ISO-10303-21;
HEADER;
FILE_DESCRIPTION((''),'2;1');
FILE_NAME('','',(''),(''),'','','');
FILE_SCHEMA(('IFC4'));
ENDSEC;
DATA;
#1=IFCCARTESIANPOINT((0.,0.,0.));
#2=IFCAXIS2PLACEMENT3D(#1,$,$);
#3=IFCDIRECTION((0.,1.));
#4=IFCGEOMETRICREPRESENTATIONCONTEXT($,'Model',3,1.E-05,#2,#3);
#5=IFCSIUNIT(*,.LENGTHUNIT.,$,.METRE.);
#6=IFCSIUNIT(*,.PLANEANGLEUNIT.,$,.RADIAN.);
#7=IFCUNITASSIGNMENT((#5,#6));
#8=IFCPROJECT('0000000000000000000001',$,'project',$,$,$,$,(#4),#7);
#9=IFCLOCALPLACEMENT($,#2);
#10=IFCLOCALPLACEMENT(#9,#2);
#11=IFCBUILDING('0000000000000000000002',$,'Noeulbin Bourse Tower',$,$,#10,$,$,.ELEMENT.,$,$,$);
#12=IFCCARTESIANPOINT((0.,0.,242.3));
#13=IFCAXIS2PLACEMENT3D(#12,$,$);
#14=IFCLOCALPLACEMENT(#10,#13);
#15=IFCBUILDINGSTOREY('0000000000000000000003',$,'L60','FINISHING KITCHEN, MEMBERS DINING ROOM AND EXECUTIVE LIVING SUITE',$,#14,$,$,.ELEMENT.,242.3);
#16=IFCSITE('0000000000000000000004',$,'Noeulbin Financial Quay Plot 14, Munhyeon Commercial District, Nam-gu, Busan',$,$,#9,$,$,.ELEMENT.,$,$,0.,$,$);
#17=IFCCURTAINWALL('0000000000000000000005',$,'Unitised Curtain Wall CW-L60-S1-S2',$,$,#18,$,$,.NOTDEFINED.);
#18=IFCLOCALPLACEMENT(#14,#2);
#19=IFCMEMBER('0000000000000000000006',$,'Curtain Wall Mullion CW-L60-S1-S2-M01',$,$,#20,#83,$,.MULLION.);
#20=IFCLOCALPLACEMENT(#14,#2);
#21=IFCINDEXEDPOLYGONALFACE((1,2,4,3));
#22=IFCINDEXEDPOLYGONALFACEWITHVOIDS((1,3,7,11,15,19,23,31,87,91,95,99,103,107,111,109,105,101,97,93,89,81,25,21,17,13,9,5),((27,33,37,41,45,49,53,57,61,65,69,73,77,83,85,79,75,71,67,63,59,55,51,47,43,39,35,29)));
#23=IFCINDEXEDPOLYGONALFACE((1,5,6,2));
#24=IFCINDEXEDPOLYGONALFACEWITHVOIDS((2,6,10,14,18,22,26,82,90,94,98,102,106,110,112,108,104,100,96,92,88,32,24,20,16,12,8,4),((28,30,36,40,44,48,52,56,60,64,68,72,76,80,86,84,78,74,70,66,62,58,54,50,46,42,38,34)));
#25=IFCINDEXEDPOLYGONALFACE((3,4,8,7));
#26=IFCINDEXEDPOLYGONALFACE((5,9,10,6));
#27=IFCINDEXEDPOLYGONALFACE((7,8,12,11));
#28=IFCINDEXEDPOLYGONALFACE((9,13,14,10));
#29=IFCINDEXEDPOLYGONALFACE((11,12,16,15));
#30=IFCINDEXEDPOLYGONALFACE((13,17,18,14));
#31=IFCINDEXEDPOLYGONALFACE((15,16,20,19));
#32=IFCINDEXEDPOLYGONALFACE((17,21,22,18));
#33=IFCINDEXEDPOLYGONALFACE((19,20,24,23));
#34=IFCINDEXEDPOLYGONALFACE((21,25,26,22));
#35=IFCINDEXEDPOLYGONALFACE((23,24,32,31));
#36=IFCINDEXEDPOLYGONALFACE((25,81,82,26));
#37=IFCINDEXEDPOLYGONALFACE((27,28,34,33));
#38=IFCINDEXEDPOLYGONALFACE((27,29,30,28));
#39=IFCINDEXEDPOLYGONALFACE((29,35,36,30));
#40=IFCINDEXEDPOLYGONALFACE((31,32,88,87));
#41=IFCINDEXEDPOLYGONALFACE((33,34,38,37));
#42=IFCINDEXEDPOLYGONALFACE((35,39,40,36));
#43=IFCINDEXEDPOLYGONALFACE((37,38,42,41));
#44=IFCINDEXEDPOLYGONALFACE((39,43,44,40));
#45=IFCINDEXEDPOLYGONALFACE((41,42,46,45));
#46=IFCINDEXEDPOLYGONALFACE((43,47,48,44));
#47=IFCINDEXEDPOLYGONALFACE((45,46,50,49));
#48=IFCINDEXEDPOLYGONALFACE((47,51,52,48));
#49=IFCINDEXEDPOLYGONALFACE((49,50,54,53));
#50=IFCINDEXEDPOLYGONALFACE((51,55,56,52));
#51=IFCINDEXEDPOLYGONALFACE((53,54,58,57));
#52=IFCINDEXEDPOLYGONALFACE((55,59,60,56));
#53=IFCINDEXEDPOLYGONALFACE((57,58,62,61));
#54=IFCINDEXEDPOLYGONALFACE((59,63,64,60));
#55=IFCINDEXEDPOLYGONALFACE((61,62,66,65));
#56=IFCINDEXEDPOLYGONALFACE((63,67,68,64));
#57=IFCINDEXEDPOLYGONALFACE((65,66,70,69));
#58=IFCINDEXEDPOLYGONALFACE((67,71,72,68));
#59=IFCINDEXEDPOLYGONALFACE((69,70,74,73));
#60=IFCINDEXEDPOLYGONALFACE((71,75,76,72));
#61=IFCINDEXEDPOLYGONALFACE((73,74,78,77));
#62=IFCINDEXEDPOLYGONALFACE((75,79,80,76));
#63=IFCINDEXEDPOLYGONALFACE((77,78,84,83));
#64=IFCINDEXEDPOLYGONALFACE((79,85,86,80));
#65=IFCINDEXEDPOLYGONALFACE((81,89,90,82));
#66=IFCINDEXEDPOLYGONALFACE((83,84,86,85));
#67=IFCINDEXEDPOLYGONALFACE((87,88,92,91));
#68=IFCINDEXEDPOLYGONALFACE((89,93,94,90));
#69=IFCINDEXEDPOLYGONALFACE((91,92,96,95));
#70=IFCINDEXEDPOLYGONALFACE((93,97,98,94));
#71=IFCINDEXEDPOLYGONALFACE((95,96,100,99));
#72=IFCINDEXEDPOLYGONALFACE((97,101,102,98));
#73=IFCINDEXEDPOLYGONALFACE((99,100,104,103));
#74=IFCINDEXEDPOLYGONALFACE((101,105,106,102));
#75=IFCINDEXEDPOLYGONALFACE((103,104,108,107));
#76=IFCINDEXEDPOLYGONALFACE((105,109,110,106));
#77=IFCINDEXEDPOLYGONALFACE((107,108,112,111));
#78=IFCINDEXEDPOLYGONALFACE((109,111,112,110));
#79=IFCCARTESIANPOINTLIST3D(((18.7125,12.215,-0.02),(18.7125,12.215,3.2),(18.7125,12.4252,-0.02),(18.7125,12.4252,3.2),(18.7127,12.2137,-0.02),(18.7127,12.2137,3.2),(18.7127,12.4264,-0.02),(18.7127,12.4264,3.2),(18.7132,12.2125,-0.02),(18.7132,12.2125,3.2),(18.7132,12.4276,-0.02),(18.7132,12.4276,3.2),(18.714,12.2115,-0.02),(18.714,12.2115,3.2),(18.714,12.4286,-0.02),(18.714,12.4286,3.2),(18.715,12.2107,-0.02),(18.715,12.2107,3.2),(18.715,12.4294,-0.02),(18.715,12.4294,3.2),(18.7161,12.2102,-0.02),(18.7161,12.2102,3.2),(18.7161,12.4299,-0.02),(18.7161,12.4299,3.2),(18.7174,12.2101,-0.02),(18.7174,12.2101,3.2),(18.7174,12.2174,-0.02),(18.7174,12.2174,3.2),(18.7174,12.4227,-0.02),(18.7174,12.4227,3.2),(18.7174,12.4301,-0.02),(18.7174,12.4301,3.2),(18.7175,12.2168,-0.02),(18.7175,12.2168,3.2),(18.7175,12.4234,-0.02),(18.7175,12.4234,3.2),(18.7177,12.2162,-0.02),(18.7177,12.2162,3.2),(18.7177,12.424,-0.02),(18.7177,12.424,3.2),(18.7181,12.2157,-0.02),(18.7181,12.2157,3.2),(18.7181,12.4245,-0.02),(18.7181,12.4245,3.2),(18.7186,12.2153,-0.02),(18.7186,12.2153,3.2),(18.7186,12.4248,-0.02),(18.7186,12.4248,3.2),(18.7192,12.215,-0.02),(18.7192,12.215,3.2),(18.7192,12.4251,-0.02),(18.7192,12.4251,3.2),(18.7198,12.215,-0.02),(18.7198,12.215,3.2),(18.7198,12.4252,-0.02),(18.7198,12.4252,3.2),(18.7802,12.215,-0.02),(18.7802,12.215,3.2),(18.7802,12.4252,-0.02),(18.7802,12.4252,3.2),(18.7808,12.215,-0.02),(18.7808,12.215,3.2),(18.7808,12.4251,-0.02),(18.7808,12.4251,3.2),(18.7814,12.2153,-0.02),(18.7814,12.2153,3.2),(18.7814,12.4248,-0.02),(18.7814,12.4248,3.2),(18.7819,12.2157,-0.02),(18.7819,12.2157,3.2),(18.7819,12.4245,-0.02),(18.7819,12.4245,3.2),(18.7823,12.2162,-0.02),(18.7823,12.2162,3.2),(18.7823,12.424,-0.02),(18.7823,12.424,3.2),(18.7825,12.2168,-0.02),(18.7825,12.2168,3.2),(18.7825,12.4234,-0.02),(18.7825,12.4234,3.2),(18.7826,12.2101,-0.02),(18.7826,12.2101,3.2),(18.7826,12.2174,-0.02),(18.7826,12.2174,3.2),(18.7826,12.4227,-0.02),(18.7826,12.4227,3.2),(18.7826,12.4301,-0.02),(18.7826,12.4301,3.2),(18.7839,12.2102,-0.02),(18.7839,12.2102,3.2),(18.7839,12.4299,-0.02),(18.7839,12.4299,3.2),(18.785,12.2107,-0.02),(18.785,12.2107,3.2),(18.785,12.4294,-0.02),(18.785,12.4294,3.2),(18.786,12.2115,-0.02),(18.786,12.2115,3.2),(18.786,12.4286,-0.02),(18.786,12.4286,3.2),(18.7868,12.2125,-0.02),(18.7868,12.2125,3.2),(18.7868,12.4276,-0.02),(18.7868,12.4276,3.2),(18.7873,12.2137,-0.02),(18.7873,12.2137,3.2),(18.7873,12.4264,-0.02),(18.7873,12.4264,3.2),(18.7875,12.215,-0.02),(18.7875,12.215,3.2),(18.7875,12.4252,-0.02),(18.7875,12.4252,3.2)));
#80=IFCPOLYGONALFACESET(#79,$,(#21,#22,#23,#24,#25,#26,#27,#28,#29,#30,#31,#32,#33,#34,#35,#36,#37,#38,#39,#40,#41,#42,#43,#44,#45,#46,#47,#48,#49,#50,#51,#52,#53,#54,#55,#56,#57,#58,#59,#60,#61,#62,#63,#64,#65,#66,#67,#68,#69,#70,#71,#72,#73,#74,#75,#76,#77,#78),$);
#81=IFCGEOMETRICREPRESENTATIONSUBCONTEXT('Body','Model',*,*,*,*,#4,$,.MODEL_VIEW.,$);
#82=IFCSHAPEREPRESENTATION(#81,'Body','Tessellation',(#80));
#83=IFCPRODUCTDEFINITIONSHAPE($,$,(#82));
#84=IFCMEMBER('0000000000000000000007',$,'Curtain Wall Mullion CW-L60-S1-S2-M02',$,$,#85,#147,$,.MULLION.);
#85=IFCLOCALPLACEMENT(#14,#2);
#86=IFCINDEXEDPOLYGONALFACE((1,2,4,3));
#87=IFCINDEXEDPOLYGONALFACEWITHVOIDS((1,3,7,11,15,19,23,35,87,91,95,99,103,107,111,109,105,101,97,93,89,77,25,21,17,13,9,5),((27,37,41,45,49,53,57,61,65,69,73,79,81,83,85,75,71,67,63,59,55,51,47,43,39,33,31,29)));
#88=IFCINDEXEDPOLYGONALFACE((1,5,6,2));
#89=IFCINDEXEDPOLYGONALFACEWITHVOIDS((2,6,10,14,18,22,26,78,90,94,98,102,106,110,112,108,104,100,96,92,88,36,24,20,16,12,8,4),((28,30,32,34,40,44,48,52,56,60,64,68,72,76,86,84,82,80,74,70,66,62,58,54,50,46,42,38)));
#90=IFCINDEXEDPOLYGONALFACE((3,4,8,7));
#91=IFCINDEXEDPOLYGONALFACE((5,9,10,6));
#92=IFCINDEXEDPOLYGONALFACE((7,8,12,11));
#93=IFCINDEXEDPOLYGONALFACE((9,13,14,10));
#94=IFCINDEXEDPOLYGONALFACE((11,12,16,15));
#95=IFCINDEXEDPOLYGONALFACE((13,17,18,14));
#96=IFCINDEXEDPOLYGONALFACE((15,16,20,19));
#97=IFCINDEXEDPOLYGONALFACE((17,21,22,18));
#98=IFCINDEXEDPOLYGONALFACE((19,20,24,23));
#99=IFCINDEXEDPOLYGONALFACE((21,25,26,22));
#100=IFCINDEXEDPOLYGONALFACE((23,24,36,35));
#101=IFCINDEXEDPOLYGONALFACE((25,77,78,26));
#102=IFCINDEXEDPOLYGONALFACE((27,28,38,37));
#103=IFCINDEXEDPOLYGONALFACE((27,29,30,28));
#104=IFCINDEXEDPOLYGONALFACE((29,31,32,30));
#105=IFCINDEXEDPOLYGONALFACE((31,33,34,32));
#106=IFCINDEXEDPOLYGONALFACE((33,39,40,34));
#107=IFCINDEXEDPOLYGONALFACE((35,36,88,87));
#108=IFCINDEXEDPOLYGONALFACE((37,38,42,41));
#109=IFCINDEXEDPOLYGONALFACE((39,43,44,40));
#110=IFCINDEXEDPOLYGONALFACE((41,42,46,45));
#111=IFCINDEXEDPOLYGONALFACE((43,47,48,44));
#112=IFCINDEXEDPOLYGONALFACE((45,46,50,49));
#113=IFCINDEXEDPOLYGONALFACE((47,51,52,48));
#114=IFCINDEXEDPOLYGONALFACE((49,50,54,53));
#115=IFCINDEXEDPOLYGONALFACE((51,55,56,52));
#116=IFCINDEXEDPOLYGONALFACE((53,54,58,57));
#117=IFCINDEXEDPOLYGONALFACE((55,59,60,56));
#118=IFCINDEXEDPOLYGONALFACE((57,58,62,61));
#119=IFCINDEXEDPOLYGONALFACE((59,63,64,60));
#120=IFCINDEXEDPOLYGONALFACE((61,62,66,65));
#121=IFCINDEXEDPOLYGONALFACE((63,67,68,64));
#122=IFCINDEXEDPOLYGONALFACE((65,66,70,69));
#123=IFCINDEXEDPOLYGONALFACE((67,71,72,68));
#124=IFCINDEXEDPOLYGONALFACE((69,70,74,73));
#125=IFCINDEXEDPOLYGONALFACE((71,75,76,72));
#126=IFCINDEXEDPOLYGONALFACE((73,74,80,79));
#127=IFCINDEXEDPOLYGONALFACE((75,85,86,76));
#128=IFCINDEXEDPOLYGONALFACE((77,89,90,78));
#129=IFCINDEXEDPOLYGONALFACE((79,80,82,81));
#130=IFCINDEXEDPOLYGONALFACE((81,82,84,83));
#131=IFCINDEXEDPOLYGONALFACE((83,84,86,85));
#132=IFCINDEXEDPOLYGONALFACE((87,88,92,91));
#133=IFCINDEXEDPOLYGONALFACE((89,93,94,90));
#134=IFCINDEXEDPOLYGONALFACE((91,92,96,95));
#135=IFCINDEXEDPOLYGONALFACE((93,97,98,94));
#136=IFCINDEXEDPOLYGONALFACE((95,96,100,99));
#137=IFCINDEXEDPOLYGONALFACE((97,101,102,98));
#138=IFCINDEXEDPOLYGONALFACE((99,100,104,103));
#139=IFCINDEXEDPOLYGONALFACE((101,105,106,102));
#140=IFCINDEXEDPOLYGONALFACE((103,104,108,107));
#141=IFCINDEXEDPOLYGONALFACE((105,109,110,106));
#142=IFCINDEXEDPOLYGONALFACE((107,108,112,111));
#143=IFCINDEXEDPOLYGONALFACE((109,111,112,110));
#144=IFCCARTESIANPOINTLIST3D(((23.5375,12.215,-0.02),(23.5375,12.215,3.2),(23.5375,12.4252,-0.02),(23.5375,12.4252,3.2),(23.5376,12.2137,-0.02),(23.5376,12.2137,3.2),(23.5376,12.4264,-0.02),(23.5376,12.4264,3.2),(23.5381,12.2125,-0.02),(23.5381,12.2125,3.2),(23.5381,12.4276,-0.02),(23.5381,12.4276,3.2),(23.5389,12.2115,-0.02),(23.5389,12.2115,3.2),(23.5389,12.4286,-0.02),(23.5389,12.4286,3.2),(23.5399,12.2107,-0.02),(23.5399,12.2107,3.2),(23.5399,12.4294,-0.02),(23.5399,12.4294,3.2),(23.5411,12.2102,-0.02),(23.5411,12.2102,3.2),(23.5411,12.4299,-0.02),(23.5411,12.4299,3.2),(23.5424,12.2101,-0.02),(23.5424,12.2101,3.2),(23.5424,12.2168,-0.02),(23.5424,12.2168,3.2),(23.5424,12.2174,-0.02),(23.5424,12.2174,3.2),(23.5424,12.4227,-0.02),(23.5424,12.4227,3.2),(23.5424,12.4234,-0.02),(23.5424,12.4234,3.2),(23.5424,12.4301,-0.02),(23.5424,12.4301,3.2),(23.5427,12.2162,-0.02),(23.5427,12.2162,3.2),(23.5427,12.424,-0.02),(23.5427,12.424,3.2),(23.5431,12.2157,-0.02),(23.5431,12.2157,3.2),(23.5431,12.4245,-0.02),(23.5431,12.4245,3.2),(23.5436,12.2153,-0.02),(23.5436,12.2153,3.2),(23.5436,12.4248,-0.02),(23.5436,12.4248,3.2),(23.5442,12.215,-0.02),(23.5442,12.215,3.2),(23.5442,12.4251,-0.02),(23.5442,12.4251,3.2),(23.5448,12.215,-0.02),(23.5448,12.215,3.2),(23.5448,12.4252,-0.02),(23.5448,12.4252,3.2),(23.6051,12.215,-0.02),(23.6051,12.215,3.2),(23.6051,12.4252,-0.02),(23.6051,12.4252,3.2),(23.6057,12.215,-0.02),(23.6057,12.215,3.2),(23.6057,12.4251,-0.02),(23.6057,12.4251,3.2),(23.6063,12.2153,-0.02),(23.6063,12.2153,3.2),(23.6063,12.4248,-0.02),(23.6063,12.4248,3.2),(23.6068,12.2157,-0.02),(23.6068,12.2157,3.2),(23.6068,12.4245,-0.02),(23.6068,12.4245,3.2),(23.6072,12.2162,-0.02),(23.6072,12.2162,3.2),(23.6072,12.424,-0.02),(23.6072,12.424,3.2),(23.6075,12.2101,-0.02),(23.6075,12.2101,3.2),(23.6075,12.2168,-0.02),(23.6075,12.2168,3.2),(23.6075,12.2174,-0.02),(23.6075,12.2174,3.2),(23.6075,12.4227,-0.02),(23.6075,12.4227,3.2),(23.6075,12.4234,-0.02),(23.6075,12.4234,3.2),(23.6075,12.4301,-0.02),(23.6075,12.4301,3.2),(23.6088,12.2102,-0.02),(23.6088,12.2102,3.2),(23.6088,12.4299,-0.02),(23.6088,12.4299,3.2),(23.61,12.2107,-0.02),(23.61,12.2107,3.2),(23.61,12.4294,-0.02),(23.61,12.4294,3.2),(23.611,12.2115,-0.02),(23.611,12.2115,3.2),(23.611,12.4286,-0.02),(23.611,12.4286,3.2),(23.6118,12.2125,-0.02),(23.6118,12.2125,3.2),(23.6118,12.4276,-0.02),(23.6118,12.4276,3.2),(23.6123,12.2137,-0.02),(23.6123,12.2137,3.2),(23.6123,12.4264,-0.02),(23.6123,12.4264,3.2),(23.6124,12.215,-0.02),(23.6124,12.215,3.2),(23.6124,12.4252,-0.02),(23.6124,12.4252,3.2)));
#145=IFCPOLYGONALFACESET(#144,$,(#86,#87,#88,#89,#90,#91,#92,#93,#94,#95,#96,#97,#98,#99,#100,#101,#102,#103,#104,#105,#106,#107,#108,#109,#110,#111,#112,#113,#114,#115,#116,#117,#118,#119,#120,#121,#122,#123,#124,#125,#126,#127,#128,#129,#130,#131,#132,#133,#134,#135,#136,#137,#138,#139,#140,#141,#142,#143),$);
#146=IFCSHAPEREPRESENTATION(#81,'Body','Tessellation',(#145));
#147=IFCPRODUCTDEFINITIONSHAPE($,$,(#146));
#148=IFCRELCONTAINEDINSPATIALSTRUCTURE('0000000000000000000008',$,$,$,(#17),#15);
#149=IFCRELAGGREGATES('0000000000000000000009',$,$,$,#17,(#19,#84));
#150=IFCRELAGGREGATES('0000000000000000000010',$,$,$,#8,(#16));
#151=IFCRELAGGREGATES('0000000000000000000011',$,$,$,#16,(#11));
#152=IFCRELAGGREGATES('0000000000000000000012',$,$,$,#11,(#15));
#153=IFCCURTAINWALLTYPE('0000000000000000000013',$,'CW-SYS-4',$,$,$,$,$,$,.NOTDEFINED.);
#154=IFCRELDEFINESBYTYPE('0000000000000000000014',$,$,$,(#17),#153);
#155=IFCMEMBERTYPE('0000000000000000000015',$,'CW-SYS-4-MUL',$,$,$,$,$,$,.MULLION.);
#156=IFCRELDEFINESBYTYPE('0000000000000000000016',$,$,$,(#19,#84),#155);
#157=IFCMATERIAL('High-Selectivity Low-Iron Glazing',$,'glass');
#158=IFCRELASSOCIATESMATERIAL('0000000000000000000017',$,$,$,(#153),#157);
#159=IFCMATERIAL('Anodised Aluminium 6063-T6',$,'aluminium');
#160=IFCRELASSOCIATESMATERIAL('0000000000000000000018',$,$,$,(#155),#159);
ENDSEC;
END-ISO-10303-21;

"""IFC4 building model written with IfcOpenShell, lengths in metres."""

from ifc_helpers import new_model, si_unit, direction, frame, origin, origin_2d, place, context, subcontext, project, spatial, hollow_rectangle, extrude, material, material_profile, profile_set, type_object, element, aggregate, save


model = new_model("IFC4")

# Units and contexts
model_context = context("Model", 3, precision=1e-05, world=origin(), true_north=direction((0.0, 1.0)))
body_context = subcontext(model_context, "Body", "Model", "MODEL_VIEW")
ifc_project = project(units=[si_unit("LENGTHUNIT", "METRE"), si_unit("PLANEANGLEUNIT", "RADIAN")], contexts=[model_context])

# Site, building, storey
site_placement = place(None, origin())
site = spatial("IfcSite", under=ifc_project, at=site_placement, Name="Noeulbin Financial Quay Plot 14, Munhyeon Commercial District, Nam-gu, Busan", CompositionType="ELEMENT", RefElevation=0.0)
building_placement = place(site_placement, origin())
building = spatial("IfcBuilding", under=site, at=building_placement, Name="Noeulbin Bourse Tower", CompositionType="ELEMENT")
storey_placement = place(building_placement, frame((0.0, 0.0, 242.3)))
storey = spatial("IfcBuildingStorey", under=building, at=storey_placement, Name="L60", Description="FINISHING KITCHEN, MEMBERS DINING ROOM AND EXECUTIVE LIVING SUITE", CompositionType="ELEMENT", Elevation=242.3)

# Curtain wall, members
ifc_material_1 = material(Name="High-Selectivity Low-Iron Glazing", Category="glass")
curtain_wall_type = type_object("IfcCurtainWallType", Name="CW-SYS-4", PredefinedType="NOTDEFINED", material=ifc_material_1)
curtain_wall_1_placement = place(storey_placement, origin())
curtain_wall_1 = element("IfcCurtainWall", 1, at=curtain_wall_1_placement, inside=storey, type_object=curtain_wall_type, Name="Unitised Curtain Wall CW-L60-S1-S2", PredefinedType="NOTDEFINED")
ifc_material_2 = material(Name="Anodised Aluminium 6063-T6", Category="aluminium")
ifc_material_profile_1 = material_profile(ifc_material_2, hollow_rectangle(XDim=0.075, YDim=0.22, WallThickness=0.0049, InnerFilletRadius=0.0024, OuterFilletRadius=0.0049, at=origin_2d()), Name="ALU-MULL-75x220x5", Category="LoadBearing")
ifc_profile_set_1 = profile_set([ifc_material_profile_1], Name="Anodised Aluminium 6063-T6")
member_type_1 = type_object("IfcMemberType", Name="CW-SYS-4-MUL", PredefinedType="MULLION", material=ifc_profile_set_1)
member_1_placement = place(storey_placement, frame((18.75, 12.3201, -0.02), z_axis=(0.0, 0.0, 1.0), x_axis=(1.0, 0.0, 0.0)))
member_1 = element("IfcMember", 2, at=member_1_placement, type_object=member_type_1, Name="Curtain Wall Mullion CW-L60-S1-S2-M01", PredefinedType="MULLION", context=body_context, shape_type="SweptSolid", body=[
    extrude(hollow_rectangle(XDim=0.075, YDim=0.22, WallThickness=0.0049, InnerFilletRadius=0.0024, OuterFilletRadius=0.0049, at=origin_2d()), origin(), (0.0, 0.0, 1.0), 3.22),
])
member_2_placement = place(storey_placement, frame((23.575, 12.3201, -0.02), z_axis=(0.0, 0.0, 1.0), x_axis=(1.0, 0.0, 0.0)))
member_2 = element("IfcMember", 3, at=member_2_placement, type_object=member_type_1, Name="Curtain Wall Mullion CW-L60-S1-S2-M02", PredefinedType="MULLION", context=body_context, shape_type="SweptSolid", body=[
    extrude(hollow_rectangle(XDim=0.075, YDim=0.22, WallThickness=0.0049, InnerFilletRadius=0.0024, OuterFilletRadius=0.0049, at=origin_2d()), origin(), (0.0, 0.0, 1.0), 3.22),
])

aggregate(curtain_wall_1, [member_1, member_2])

save(model, "model.ifc")
